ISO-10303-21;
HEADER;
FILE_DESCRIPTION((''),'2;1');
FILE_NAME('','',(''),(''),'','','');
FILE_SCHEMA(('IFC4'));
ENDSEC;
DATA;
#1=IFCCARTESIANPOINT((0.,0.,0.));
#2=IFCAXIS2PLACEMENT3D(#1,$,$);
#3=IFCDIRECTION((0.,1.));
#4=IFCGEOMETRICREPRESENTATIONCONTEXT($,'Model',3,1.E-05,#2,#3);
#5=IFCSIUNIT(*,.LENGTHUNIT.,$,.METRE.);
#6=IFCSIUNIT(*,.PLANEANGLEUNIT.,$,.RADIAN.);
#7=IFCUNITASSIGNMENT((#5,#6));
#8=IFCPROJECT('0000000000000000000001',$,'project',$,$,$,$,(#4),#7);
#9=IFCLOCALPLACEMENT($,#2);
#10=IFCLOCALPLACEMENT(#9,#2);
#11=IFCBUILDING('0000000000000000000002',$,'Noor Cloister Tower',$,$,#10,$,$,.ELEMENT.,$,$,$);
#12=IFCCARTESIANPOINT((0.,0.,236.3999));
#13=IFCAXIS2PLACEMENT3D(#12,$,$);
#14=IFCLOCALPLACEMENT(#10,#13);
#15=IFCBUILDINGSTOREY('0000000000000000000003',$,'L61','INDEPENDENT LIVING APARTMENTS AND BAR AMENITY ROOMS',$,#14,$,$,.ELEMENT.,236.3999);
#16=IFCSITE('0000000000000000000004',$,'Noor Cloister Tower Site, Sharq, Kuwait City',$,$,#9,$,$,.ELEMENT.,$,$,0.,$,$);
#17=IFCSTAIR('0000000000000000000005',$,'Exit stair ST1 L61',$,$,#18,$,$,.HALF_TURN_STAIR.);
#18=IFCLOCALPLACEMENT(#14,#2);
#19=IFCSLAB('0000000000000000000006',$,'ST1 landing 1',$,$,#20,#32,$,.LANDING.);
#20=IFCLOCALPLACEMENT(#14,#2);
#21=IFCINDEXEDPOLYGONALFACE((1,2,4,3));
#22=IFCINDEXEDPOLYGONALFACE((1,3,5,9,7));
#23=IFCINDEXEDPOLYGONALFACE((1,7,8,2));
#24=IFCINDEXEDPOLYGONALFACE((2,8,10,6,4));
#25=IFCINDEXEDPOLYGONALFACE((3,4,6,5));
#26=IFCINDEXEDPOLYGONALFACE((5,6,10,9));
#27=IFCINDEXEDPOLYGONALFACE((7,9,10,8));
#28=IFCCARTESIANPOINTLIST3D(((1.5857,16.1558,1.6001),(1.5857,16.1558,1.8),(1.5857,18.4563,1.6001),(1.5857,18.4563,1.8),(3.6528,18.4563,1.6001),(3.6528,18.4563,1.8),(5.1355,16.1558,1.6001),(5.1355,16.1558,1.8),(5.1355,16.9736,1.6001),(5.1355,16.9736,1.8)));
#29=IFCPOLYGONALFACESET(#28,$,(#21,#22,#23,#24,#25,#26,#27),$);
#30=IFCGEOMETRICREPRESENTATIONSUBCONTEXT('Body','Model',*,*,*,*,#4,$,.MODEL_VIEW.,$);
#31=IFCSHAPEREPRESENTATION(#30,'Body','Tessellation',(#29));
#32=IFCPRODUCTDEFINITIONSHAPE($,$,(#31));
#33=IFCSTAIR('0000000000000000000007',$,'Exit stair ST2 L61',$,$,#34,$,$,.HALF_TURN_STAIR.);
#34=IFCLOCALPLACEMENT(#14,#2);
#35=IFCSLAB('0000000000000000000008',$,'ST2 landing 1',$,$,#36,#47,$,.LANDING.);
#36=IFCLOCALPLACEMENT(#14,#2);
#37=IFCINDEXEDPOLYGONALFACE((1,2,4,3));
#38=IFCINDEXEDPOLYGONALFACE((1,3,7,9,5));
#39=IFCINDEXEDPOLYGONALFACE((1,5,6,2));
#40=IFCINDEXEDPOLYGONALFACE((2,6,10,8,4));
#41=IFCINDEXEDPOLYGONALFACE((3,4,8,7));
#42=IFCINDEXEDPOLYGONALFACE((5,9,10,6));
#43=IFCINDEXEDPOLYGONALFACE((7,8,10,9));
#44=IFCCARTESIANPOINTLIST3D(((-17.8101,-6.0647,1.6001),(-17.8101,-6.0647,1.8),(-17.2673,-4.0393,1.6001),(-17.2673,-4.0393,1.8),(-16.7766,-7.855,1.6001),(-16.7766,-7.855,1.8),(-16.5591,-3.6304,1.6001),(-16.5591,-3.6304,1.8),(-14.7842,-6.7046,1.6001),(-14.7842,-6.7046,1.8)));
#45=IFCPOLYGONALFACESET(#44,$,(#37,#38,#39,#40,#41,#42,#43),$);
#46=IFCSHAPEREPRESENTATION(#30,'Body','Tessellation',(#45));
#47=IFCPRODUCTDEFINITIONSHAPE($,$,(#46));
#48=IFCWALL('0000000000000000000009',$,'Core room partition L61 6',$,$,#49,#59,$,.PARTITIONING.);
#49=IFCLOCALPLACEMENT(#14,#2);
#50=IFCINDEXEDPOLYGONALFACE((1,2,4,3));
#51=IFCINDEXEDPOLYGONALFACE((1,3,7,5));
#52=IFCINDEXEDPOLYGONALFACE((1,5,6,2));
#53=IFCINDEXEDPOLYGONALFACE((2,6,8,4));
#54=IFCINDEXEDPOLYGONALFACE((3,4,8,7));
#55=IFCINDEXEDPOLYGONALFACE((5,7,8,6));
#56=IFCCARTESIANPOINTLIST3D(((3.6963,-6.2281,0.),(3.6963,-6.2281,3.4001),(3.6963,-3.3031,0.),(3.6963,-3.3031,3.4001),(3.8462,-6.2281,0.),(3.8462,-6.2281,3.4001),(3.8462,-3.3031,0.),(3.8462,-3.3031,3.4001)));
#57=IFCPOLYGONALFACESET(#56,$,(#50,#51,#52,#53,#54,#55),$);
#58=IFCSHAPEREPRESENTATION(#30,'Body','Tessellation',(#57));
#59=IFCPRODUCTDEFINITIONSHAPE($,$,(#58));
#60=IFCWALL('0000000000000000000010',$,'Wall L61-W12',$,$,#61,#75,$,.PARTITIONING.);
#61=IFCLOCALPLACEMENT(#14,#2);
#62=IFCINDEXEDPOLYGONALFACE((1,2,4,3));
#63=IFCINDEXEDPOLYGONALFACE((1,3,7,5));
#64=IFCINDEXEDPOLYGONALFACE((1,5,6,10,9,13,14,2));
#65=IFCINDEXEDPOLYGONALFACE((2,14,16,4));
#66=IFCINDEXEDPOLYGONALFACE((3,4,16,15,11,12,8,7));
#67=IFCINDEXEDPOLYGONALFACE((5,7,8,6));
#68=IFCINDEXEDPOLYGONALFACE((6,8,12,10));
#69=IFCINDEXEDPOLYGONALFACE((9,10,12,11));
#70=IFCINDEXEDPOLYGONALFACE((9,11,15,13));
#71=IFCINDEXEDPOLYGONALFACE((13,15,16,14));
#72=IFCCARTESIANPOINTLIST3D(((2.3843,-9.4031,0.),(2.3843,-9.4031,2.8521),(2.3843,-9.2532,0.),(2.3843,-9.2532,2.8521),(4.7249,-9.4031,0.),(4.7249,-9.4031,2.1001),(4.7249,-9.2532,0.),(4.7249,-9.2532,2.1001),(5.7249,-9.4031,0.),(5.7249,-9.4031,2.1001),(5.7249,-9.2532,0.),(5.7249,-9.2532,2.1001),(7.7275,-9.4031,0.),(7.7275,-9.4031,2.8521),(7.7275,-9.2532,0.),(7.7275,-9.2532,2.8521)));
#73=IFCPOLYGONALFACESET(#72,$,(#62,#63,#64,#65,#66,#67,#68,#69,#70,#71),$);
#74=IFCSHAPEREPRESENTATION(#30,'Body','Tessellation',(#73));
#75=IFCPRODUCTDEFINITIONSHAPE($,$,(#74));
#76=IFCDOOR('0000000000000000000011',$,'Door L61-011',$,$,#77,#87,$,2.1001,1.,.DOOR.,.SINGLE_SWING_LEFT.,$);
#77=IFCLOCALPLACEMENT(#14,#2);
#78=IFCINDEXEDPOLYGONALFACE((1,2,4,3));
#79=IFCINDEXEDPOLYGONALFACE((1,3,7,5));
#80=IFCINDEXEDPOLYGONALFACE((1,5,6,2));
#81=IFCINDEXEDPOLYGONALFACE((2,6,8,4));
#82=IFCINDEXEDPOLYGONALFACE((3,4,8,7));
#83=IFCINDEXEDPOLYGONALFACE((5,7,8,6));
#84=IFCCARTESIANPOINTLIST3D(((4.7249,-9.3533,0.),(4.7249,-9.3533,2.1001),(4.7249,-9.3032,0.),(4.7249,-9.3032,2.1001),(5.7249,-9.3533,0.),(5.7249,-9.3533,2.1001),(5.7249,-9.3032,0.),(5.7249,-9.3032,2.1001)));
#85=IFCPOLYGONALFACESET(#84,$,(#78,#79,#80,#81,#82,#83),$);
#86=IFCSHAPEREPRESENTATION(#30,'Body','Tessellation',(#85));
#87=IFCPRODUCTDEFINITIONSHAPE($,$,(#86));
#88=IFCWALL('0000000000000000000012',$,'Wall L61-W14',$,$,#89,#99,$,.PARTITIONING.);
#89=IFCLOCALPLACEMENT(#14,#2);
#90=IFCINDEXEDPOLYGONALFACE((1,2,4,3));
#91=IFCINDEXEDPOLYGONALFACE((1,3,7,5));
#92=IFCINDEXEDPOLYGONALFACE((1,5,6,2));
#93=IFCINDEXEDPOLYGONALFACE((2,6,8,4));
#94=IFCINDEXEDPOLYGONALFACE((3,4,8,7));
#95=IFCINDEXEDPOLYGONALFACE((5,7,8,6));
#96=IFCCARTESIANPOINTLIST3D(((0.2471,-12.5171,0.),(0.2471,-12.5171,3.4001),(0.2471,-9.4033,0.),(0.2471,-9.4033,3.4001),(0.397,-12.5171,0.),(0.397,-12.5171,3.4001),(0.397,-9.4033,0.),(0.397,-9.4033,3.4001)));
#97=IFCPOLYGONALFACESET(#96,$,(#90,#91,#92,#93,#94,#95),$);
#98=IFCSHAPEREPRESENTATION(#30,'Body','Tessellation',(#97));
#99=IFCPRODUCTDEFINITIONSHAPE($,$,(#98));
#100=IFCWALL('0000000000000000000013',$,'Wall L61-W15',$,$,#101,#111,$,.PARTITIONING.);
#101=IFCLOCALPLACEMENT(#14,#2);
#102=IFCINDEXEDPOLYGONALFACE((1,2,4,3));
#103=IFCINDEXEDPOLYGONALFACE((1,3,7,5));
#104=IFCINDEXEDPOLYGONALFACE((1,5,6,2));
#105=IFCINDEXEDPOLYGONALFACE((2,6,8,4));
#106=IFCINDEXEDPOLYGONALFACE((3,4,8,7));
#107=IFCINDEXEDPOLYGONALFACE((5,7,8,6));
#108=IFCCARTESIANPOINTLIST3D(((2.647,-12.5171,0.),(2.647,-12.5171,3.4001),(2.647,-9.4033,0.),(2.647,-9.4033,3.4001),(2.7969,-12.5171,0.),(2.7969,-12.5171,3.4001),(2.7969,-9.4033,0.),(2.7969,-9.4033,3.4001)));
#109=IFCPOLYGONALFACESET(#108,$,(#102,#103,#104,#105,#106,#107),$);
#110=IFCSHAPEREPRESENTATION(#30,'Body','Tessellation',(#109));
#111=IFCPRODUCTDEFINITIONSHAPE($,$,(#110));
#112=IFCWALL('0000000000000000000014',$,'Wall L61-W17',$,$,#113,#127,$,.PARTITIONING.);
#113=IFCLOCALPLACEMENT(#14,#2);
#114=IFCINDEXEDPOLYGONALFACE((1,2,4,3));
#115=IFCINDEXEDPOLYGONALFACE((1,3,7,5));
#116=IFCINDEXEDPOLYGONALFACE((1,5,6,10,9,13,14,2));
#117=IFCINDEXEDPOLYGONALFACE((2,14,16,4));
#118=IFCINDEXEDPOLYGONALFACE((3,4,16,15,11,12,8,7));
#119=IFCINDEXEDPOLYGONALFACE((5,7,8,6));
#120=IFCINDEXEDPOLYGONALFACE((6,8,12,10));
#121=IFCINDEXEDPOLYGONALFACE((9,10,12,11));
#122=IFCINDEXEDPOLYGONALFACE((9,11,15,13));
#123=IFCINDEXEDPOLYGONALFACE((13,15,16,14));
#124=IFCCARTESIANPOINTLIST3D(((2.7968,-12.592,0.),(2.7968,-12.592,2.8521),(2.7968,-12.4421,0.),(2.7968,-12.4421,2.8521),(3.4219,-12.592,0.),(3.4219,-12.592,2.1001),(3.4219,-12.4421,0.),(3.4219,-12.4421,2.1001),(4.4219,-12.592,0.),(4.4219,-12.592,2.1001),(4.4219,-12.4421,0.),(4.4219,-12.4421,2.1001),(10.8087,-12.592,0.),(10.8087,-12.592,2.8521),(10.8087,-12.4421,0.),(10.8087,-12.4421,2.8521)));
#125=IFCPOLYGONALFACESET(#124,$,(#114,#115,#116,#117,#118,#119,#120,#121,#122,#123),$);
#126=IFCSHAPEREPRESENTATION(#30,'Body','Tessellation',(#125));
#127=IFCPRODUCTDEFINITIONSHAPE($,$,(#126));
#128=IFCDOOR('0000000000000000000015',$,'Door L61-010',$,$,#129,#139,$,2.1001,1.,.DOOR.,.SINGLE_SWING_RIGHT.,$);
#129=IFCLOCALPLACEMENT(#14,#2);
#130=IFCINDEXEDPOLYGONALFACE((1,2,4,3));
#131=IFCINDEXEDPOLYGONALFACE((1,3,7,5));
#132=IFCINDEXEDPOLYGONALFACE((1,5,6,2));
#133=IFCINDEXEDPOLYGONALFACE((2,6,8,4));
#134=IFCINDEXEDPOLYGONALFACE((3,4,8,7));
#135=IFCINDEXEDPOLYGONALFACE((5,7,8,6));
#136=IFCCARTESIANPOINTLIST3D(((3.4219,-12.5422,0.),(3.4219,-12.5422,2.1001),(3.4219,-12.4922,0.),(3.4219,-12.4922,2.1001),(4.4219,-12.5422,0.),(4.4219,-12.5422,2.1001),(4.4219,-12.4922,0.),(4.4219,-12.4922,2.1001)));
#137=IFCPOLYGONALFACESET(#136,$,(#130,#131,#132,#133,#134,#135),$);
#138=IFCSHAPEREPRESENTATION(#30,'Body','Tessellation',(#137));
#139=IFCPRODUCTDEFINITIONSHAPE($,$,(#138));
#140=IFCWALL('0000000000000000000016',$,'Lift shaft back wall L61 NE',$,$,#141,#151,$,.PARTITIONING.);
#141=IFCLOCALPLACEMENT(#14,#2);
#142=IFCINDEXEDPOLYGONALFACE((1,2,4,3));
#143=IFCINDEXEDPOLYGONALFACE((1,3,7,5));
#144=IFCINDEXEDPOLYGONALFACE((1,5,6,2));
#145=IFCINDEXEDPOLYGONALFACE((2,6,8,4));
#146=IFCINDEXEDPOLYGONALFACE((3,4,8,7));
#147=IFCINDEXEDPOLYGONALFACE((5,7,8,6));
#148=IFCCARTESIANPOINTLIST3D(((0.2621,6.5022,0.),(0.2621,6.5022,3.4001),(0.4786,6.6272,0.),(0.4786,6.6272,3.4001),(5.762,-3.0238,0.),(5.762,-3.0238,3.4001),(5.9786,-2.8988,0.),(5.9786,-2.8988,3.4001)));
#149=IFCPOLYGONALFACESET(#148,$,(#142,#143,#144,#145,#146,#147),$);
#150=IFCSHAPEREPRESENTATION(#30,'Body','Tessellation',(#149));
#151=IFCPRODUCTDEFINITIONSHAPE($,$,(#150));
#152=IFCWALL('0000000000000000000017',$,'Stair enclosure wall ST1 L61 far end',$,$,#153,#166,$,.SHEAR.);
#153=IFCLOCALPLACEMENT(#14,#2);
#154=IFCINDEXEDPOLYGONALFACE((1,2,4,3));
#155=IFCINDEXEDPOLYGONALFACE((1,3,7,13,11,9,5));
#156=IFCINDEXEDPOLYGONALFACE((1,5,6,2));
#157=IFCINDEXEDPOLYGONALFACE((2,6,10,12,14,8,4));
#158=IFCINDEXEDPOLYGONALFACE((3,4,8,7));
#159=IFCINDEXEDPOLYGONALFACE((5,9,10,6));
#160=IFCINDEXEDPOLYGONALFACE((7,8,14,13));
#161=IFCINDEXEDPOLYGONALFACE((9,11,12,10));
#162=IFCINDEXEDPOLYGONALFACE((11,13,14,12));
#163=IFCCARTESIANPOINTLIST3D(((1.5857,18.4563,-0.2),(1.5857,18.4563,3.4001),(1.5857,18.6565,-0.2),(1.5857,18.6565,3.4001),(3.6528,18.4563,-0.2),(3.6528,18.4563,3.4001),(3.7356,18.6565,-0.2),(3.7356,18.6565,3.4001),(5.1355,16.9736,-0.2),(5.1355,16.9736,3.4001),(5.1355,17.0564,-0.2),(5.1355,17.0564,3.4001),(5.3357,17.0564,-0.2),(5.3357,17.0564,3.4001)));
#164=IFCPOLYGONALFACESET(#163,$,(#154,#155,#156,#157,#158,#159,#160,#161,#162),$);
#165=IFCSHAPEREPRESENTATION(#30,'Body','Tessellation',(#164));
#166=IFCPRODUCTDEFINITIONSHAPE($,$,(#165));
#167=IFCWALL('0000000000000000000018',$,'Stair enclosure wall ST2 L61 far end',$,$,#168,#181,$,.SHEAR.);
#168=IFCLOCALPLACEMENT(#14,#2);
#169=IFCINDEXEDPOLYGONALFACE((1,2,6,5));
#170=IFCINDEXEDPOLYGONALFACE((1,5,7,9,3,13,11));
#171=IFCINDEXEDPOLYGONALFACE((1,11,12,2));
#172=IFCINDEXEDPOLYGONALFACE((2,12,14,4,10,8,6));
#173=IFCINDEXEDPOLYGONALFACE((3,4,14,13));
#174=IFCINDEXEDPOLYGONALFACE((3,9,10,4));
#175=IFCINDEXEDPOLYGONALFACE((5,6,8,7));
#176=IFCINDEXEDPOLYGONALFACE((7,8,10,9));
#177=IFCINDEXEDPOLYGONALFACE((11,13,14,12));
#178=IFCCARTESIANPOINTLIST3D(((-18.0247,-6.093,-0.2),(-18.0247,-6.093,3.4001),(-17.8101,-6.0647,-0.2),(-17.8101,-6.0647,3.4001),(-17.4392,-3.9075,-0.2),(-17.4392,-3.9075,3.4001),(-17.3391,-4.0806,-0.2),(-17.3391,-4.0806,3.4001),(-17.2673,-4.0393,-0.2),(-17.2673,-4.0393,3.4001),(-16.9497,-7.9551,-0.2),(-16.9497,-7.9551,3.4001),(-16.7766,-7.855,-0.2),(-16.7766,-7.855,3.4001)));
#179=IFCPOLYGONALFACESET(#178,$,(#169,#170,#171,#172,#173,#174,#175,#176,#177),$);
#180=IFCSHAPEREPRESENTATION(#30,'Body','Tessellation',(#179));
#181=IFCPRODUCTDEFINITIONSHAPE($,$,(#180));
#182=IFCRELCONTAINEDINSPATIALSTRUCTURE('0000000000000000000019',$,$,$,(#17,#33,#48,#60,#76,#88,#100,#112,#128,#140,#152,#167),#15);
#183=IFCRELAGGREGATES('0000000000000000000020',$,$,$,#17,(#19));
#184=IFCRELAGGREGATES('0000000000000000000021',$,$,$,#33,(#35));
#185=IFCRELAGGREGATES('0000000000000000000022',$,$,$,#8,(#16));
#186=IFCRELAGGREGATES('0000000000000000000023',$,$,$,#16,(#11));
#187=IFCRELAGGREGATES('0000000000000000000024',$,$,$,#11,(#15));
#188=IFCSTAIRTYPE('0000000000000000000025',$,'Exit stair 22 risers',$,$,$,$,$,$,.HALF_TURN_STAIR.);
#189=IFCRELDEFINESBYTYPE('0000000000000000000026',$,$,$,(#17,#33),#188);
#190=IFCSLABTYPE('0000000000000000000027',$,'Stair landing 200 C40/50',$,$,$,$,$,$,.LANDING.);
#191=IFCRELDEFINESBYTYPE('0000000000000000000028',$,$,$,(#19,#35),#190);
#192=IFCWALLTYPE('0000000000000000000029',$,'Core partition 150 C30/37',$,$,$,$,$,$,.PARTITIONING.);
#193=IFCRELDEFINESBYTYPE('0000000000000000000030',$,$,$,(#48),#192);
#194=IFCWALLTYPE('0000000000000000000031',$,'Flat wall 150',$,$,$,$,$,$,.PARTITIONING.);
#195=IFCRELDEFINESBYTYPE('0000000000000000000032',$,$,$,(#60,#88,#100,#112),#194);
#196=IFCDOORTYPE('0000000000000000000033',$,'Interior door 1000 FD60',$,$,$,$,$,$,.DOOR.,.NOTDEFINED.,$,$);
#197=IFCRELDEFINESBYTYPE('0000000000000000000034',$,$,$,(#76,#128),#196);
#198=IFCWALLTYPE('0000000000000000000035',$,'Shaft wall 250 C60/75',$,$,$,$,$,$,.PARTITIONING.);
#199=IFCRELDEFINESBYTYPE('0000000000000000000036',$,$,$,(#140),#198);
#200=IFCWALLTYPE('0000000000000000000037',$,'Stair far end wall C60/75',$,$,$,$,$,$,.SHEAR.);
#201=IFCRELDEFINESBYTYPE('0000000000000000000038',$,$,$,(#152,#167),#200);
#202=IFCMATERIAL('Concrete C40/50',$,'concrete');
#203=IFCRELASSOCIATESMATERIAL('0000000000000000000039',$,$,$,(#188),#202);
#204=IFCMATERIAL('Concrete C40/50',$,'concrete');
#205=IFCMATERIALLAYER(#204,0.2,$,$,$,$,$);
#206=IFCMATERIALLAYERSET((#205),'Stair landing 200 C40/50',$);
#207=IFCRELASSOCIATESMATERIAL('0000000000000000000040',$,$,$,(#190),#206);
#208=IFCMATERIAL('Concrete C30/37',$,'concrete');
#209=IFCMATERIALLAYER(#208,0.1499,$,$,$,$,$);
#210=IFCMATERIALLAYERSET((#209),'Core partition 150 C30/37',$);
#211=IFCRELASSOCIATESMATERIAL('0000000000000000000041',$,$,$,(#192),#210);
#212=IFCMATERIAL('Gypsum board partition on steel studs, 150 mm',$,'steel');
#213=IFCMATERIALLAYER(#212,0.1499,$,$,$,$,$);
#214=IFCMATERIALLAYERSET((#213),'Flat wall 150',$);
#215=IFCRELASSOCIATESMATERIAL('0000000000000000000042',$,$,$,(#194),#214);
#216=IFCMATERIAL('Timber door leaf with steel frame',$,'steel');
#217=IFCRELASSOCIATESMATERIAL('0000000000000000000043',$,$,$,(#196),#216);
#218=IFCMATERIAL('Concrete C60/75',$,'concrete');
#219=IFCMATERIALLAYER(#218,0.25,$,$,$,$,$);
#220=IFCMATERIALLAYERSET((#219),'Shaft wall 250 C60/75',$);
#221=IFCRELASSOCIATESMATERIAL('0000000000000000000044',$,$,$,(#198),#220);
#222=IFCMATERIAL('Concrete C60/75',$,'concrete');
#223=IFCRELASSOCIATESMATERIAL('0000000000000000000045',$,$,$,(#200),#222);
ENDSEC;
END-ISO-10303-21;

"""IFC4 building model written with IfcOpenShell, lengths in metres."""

from ifc_helpers import new_model, si_unit, direction, frame, frame_2d, origin, place, context, subcontext, project, spatial, polyline, rectangle, outline, extrude, material, layer, layer_set, type_object, element, fill, aggregate, save


model = new_model("IFC4")

# Units and contexts
model_context = context("Model", 3, precision=1e-05, world=origin(), true_north=direction((0.0, 1.0)))
body_context = subcontext(model_context, "Body", "Model", "MODEL_VIEW")
ifc_project = project(units=[si_unit("LENGTHUNIT", "METRE"), si_unit("PLANEANGLEUNIT", "RADIAN")], contexts=[model_context])

# Site, building, storey
site_placement = place(None, origin())
site = spatial("IfcSite", under=ifc_project, at=site_placement, Name="Noor Cloister Tower Site, Sharq, Kuwait City", CompositionType="ELEMENT", RefElevation=0.0)
building_placement = place(site_placement, origin())
building = spatial("IfcBuilding", under=site, at=building_placement, Name="Noor Cloister Tower", CompositionType="ELEMENT")
storey_placement = place(building_placement, frame((0.0, 0.0, 236.3999)))
storey = spatial("IfcBuildingStorey", under=building, at=storey_placement, Name="L61", Description="INDEPENDENT LIVING APARTMENTS AND BAR AMENITY ROOMS", CompositionType="ELEMENT", Elevation=236.3999)

# Stairs, slabs
ifc_material_1 = material(Name="Concrete C40/50", Category="concrete")
stair_type = type_object("IfcStairType", Name="Exit stair 22 risers", PredefinedType="HALF_TURN_STAIR", material=ifc_material_1)
stair_1_placement = place(storey_placement, origin())
stair_1 = element("IfcStair", 1, at=stair_1_placement, inside=storey, type_object=stair_type, Name="Exit stair ST1 L61", PredefinedType="HALF_TURN_STAIR")
ifc_material_2 = material(Name="Concrete C40/50", Category="concrete")
ifc_layer_1 = layer(ifc_material_2, 0.2)
ifc_layer_set_1 = layer_set([ifc_layer_1], Name="Stair landing 200 C40/50")
slab_type_1 = type_object("IfcSlabType", Name="Stair landing 200 C40/50", PredefinedType="LANDING", material=ifc_layer_set_1)
slab_1_placement = place(storey_placement, frame((0.0, 0.0, 1.6001)))
slab_1 = element("IfcSlab", 2, at=slab_1_placement, type_object=slab_type_1, Name="ST1 landing 1", PredefinedType="LANDING", context=body_context, shape_type="SweptSolid", body=[
    extrude(outline(polyline([(5.1355, 16.1558), (5.1355, 16.9736), (3.6528, 18.4563), (1.5857, 18.4563), (1.5857, 16.1558), (5.1355, 16.1558)])), origin(), (0.0, 0.0, 1.0), 0.2),
])
aggregate(stair_1, [slab_1])
stair_2_placement = place(storey_placement, origin())
stair_2 = element("IfcStair", 3, at=stair_2_placement, inside=storey, type_object=stair_type, Name="Exit stair ST2 L61", PredefinedType="HALF_TURN_STAIR")
slab_2_placement = place(storey_placement, frame((0.0, 0.0, 1.6001)))
slab_2 = element("IfcSlab", 4, at=slab_2_placement, type_object=slab_type_1, Name="ST2 landing 1", PredefinedType="LANDING", context=body_context, shape_type="SweptSolid", body=[
    extrude(outline(polyline([(-16.5591, -3.6304), (-17.2673, -4.0393), (-17.8101, -6.0647), (-16.7766, -7.855), (-14.7842, -6.7046), (-16.5591, -3.6304)])), origin(), (0.0, 0.0, 1.0), 0.2),
])
aggregate(stair_2, [slab_2])

# Wall
ifc_material_3 = material(Name="Concrete C30/37", Category="concrete")
ifc_layer_2 = layer(ifc_material_3, 0.1499)
ifc_layer_set_2 = layer_set([ifc_layer_2], Name="Core partition 150 C30/37")
wall_type_1 = type_object("IfcWallType", Name="Core partition 150 C30/37", PredefinedType="PARTITIONING", material=ifc_layer_set_2)
wall_1_placement = place(storey_placement, frame((3.7712, -3.3032, 0.0), z_axis=(0.0, 0.0, 1.0), x_axis=(0.0, -1.0, 0.0)))
element("IfcWall", 5, at=wall_1_placement, inside=storey, type_object=wall_type_1, Name="Core room partition L61 6", PredefinedType="PARTITIONING", context=body_context, shape_type="SweptSolid", body=[
    extrude(rectangle(XDim=2.925, YDim=0.1499, at=frame_2d((1.4624, 0.0))), origin(), (0.0, 0.0, 1.0), 3.4001),
])

# Wall, opening, door
ifc_material_4 = material(Name="Gypsum board partition on steel studs, 150 mm", Category="steel")
ifc_layer_3 = layer(ifc_material_4, 0.1499)
ifc_layer_set_3 = layer_set([ifc_layer_3], Name="Flat wall 150")
wall_type_2 = type_object("IfcWallType", Name="Flat wall 150", PredefinedType="PARTITIONING", material=ifc_layer_set_3)
wall_2_placement = place(storey_placement, frame((2.3843, -9.3281, 0.0), z_axis=(0.0, 0.0, 1.0), x_axis=(1.0, 0.0, 0.0)))
wall_2 = element("IfcWall", 6, at=wall_2_placement, inside=storey, type_object=wall_type_2, Name="Wall L61-W12", PredefinedType="PARTITIONING", context=body_context, shape_type="SweptSolid", body=[
    extrude(rectangle(XDim=5.3433, YDim=0.1499, at=frame_2d((2.6716, 0.0))), origin(), (0.0, 0.0, 1.0), 2.8521),
])
opening_1_placement = place(wall_2_placement, frame((2.3406, 0.0, 0.0)))
opening_1 = element("IfcOpeningElement", 7, at=opening_1_placement, cuts=wall_2, PredefinedType="OPENING", context=body_context, shape_type="SweptSolid", body=[
    extrude(rectangle(XDim=1.0, YDim=2.1001, at=frame_2d((0.5, 1.05))), frame((0.0, 0.085, 0.0), z_axis=(0.0, -1.0, 0.0), x_axis=(1.0, 0.0, 0.0)), (0.0, 0.0, 1.0), 0.1699),
])
ifc_material_5 = material(Name="Timber door leaf with steel frame", Category="steel")
door_type = type_object("IfcDoorType", Name="Interior door 1000 FD60", OperationType="NOTDEFINED", PredefinedType="DOOR", material=ifc_material_5)
door_1_placement = place(opening_1_placement, origin())
door_1 = element("IfcDoor", 8, at=door_1_placement, inside=storey, type_object=door_type, Name="Door L61-011", OperationType="SINGLE_SWING_LEFT", OverallHeight=2.1001, OverallWidth=1.0, PredefinedType="DOOR", context=body_context, shape_type="SweptSolid", body=[
    extrude(rectangle(XDim=1.0, YDim=2.1001, at=frame_2d((0.5, 1.05))), frame((0.0, 0.0249, 0.0), z_axis=(0.0, -1.0, 0.0), x_axis=(1.0, 0.0, 0.0)), (0.0, 0.0, 1.0), 0.05),
])
fill(opening_1, door_1)

# Walls
for number, where, z_axis, x_axis, name in (
    (9, (0.322, -9.4033, 0.0), (0.0, 0.0, 1.0), (0.0, -1.0, 0.0), "Wall L61-W14"),
    (10, (2.7219, -9.4033, 0.0), (0.0, 0.0, 1.0), (0.0, -1.0, 0.0), "Wall L61-W15"),
):
    element("IfcWall", number, at=place(storey_placement, frame(where, z_axis=z_axis, x_axis=x_axis)), inside=storey, type_object=wall_type_2, Name=name, PredefinedType="PARTITIONING", context=body_context, shape_type="SweptSolid", body=[
        extrude(rectangle(XDim=3.1138, YDim=0.1499, at=frame_2d((1.5569, 0.0))), origin(), (0.0, 0.0, 1.0), 3.4001),
    ])

# Wall, opening, door
wall_3_placement = place(storey_placement, frame((2.7969, -12.5171, 0.0), z_axis=(0.0, 0.0, 1.0), x_axis=(1.0, 0.0, 0.0)))
wall_3 = element("IfcWall", 11, at=wall_3_placement, inside=storey, type_object=wall_type_2, Name="Wall L61-W17", PredefinedType="PARTITIONING", context=body_context, shape_type="SweptSolid", body=[
    extrude(rectangle(XDim=8.012, YDim=0.1499, at=frame_2d((4.0059, 0.0))), origin(), (0.0, 0.0, 1.0), 2.8521),
])
opening_2_placement = place(wall_3_placement, frame((0.625, 0.0, 0.0)))
opening_2 = element("IfcOpeningElement", 12, at=opening_2_placement, cuts=wall_3, PredefinedType="OPENING", context=body_context, shape_type="SweptSolid", body=[
    extrude(rectangle(XDim=1.0, YDim=2.1001, at=frame_2d((0.5, 1.05))), frame((0.0, 0.085, 0.0), z_axis=(0.0, -1.0, 0.0), x_axis=(1.0, 0.0, 0.0)), (0.0, 0.0, 1.0), 0.1699),
])
door_2_placement = place(opening_2_placement, origin())
door_2 = element("IfcDoor", 13, at=door_2_placement, inside=storey, type_object=door_type, Name="Door L61-010", OperationType="SINGLE_SWING_RIGHT", OverallHeight=2.1001, OverallWidth=1.0, PredefinedType="DOOR", context=body_context, shape_type="SweptSolid", body=[
    extrude(rectangle(XDim=1.0, YDim=2.1001, at=frame_2d((0.5, 1.05))), frame((0.0, 0.0249, 0.0), z_axis=(0.0, -1.0, 0.0), x_axis=(1.0, 0.0, 0.0)), (0.0, 0.0, 1.0), 0.05),
])
fill(opening_2, door_2)

# Walls
ifc_material_6 = material(Name="Concrete C60/75", Category="concrete")
ifc_layer_4 = layer(ifc_material_6, 0.25)
ifc_layer_set_4 = layer_set([ifc_layer_4], Name="Shaft wall 250 C60/75")
wall_type_3 = type_object("IfcWallType", Name="Shaft wall 250 C60/75", PredefinedType="PARTITIONING", material=ifc_layer_set_4)
wall_4_placement = place(storey_placement, frame((5.8704, -2.9614, 0.0), z_axis=(0.0, 0.0, 1.0), x_axis=(-0.500006, 0.866022, 0.0)))
element("IfcWall", 14, at=wall_4_placement, inside=storey, type_object=wall_type_3, Name="Lift shaft back wall L61 NE", PredefinedType="PARTITIONING", context=body_context, shape_type="SweptSolid", body=[
    extrude(rectangle(XDim=10.9998, YDim=0.25, at=frame_2d((5.5, 0.0))), origin(), (0.0, 0.0, 1.0), 3.4001),
])
ifc_material_7 = material(Name="Concrete C60/75", Category="concrete")
wall_type_4 = type_object("IfcWallType", Name="Stair far end wall C60/75", PredefinedType="SHEAR", material=ifc_material_7)
wall_5_placement = place(storey_placement, frame((0.0, 0.0, -0.2)))
element("IfcWall", 15, at=wall_5_placement, inside=storey, type_object=wall_type_4, Name="Stair enclosure wall ST1 L61 far end", PredefinedType="SHEAR", context=body_context, shape_type="SweptSolid", body=[
    extrude(outline(polyline([(5.3357, 17.0564), (3.7356, 18.6565), (1.5857, 18.6565), (1.5857, 18.4563), (3.6528, 18.4563), (5.1355, 16.9736), (5.1355, 17.0564), (5.1355, 17.0564), (5.1355, 17.0564), (5.1355, 17.0564), (5.1355, 17.0564), (5.1355, 17.0564), (5.1355, 17.0564), (5.1355, 17.0564), (5.1355, 17.0564), (5.1355, 17.0564), (5.1355, 17.0564), (5.1355, 17.0564), (5.1355, 17.0564), (5.1355, 17.0564), (5.1355, 17.0564), (5.1355, 17.0564), (5.1355, 17.0564), (5.3357, 17.0564)])), origin(), (0.0, 0.0, 1.0), 3.6001),
])
wall_6_placement = place(storey_placement, frame((0.0, 0.0, -0.2)))
element("IfcWall", 16, at=wall_6_placement, inside=storey, type_object=wall_type_4, Name="Stair enclosure wall ST2 L61 far end", PredefinedType="SHEAR", context=body_context, shape_type="SweptSolid", body=[
    extrude(outline(polyline([(-17.4392, -3.9075), (-18.0247, -6.093), (-16.9497, -7.9551), (-16.7766, -7.855), (-17.8101, -6.0647), (-17.2673, -4.0393), (-17.3391, -4.0806), (-17.3391, -4.0806), (-17.3391, -4.0806), (-17.3391, -4.0806), (-17.3391, -4.0806), (-17.3391, -4.0806), (-17.3391, -4.0806), (-17.3391, -4.0806), (-17.3391, -4.0806), (-17.3391, -4.0806), (-17.3391, -4.0806), (-17.3391, -4.0806), (-17.3391, -4.0806), (-17.3391, -4.0806), (-17.3391, -4.0806), (-17.3391, -4.0806), (-17.3391, -4.0806), (-17.4392, -3.9075)])), origin(), (0.0, 0.0, 1.0), 3.6001),
])

save(model, "model.ifc")
